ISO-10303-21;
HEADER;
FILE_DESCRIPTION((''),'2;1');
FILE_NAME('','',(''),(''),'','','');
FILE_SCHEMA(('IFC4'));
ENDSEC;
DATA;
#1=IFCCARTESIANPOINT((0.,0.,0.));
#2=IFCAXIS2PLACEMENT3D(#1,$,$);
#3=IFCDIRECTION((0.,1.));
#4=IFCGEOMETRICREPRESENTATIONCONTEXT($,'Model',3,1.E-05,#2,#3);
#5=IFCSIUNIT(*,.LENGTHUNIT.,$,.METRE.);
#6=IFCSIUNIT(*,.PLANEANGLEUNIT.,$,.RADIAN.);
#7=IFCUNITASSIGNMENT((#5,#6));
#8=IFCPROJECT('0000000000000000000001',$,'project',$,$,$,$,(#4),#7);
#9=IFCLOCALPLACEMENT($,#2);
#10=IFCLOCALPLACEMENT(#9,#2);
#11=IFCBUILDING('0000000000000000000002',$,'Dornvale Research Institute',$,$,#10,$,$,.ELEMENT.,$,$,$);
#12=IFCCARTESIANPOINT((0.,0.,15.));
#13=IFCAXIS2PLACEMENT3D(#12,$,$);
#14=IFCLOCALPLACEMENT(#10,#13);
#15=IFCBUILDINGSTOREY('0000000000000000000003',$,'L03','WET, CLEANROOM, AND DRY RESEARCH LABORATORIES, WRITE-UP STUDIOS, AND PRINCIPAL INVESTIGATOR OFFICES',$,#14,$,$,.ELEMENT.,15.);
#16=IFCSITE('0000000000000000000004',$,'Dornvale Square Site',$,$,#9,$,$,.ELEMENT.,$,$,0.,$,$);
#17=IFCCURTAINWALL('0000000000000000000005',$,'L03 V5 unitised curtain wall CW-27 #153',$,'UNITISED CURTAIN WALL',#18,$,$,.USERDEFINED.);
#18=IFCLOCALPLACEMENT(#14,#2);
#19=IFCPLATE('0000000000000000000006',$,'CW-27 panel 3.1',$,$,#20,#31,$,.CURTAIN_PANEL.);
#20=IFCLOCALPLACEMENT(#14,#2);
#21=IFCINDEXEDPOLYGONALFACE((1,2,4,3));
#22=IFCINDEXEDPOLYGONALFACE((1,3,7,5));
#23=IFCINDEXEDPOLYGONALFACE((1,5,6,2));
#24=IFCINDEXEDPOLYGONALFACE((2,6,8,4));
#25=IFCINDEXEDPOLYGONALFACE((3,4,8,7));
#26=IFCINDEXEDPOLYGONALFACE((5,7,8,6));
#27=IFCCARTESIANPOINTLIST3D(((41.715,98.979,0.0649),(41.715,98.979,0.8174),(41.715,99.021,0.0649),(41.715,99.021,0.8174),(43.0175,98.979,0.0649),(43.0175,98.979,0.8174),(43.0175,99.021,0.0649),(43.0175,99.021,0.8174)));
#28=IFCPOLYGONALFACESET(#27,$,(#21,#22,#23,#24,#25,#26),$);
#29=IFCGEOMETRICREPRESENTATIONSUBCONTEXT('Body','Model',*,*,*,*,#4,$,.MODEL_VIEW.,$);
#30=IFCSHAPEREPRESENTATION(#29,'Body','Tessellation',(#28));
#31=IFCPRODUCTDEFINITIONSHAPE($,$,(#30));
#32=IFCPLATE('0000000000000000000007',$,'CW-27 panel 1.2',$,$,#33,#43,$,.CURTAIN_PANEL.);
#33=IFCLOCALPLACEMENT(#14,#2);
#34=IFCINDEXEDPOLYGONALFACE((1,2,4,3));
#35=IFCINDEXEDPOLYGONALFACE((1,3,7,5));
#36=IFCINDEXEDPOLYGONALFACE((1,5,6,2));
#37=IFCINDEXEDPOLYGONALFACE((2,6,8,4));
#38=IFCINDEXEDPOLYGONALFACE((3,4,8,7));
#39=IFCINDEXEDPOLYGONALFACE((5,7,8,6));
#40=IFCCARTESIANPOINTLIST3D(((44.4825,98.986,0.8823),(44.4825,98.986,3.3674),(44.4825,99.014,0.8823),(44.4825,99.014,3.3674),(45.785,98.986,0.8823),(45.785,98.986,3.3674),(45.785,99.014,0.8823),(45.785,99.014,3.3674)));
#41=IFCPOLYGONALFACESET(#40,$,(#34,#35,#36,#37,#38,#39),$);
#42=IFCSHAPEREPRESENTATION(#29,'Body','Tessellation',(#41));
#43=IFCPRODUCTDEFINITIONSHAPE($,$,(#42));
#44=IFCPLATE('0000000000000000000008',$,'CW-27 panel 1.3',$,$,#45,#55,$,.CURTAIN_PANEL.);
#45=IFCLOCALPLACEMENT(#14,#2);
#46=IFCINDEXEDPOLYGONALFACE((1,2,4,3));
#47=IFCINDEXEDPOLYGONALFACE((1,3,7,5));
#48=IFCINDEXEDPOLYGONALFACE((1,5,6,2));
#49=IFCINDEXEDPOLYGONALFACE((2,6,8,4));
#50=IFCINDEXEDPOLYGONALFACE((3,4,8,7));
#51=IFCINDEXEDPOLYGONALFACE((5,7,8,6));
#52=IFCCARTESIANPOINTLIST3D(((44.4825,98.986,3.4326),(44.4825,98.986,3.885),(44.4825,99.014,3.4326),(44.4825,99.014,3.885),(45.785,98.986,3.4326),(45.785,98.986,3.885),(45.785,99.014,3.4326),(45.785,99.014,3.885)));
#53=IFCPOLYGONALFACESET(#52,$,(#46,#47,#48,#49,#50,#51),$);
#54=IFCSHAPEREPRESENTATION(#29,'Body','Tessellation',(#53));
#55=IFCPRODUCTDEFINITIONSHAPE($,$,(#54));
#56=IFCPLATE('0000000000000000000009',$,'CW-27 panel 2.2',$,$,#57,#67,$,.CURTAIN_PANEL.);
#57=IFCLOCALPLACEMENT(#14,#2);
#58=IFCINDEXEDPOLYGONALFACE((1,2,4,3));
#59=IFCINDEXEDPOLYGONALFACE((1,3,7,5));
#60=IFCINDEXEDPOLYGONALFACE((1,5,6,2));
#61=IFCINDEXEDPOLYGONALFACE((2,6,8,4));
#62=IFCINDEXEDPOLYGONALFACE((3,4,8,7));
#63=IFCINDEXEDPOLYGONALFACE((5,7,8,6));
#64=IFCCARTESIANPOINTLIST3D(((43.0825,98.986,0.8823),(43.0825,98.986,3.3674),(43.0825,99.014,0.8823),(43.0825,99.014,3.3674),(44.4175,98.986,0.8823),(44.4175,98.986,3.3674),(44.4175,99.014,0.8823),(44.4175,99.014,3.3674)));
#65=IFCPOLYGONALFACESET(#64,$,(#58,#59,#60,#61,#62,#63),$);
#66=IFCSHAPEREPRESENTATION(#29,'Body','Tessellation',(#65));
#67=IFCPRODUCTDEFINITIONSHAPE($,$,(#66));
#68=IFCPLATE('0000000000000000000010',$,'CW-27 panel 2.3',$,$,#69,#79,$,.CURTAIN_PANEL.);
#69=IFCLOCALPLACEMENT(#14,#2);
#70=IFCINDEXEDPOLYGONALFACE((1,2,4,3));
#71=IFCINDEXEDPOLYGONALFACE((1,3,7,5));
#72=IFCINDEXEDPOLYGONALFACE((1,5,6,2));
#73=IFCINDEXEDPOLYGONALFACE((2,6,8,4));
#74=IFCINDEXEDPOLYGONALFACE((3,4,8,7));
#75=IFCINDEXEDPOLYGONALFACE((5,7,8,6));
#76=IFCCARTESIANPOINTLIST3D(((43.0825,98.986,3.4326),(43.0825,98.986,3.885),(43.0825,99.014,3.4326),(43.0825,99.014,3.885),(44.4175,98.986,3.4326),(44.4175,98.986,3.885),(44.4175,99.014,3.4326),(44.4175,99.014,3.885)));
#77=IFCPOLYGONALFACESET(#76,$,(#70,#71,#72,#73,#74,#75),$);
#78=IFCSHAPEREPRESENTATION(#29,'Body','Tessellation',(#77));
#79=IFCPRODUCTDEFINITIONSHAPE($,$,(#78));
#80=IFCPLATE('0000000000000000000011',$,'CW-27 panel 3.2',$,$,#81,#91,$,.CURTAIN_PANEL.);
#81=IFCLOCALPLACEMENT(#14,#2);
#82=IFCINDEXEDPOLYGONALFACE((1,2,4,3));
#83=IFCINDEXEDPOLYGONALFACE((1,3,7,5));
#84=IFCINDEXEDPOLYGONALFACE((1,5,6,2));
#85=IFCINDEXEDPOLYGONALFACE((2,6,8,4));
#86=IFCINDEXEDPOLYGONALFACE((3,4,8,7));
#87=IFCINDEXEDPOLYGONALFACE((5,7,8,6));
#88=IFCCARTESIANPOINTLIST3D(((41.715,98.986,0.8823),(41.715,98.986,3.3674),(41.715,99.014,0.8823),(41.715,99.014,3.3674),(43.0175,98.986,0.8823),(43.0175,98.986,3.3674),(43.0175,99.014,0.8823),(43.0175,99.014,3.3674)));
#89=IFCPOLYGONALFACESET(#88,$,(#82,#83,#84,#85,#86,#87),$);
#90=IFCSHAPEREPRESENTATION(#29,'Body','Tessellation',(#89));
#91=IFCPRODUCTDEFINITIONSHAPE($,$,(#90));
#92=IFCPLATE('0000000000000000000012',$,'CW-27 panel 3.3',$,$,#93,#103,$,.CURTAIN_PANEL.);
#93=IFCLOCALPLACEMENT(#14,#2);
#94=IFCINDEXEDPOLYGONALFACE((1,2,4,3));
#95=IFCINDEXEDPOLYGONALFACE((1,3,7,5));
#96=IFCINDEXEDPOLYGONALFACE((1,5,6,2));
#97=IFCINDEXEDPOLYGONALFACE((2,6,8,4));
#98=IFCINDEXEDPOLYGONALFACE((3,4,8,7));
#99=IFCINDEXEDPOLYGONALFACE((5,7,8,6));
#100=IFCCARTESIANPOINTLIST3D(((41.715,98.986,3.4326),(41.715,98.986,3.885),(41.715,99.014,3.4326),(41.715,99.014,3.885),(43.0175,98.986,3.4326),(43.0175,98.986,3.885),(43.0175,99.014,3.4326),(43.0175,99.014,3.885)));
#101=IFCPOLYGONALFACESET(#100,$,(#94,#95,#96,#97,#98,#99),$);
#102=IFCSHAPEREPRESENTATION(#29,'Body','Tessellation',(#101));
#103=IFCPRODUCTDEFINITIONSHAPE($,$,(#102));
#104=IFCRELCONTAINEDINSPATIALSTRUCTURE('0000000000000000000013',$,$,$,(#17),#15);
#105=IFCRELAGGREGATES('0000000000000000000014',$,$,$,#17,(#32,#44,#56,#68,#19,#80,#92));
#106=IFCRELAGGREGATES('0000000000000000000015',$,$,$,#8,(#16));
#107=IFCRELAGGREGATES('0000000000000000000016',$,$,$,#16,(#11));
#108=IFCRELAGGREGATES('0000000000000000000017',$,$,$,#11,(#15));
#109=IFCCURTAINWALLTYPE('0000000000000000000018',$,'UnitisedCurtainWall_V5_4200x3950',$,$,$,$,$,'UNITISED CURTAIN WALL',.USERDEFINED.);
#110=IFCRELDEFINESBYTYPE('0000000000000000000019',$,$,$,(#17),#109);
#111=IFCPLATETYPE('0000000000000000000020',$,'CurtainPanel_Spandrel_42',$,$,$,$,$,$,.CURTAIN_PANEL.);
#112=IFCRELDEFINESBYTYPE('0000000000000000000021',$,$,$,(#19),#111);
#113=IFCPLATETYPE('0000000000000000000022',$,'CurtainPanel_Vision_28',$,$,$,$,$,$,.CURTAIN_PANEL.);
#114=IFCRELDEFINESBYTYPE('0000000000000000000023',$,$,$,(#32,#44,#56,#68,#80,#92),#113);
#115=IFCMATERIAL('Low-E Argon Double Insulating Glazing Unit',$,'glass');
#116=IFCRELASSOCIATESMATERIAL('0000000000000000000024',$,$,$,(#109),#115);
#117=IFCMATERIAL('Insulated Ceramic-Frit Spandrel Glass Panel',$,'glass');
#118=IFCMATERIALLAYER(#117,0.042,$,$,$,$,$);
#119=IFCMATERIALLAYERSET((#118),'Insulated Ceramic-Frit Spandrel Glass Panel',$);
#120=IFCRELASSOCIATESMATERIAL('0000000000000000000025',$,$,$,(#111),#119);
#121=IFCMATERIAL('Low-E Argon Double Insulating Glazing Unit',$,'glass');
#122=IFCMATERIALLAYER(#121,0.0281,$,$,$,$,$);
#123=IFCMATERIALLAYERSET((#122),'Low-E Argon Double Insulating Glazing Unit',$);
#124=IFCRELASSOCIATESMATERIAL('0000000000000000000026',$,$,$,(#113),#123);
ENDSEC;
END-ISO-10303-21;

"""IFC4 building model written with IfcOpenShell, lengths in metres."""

from ifc_helpers import new_model, si_unit, direction, frame, origin, origin_2d, place, context, subcontext, project, spatial, rectangle, extrude, material, layer, layer_set, type_object, element, aggregate, save


model = new_model("IFC4")

# Units and contexts
model_context = context("Model", 3, precision=1e-05, world=origin(), true_north=direction((0.0, 1.0)))
body_context = subcontext(model_context, "Body", "Model", "MODEL_VIEW")
ifc_project = project(units=[si_unit("LENGTHUNIT", "METRE"), si_unit("PLANEANGLEUNIT", "RADIAN")], contexts=[model_context])

# Site, building, storey
site_placement = place(None, origin())
site = spatial("IfcSite", under=ifc_project, at=site_placement, Name="Dornvale Square Site", CompositionType="ELEMENT", RefElevation=0.0)
building_placement = place(site_placement, origin())
building = spatial("IfcBuilding", under=site, at=building_placement, Name="Dornvale Research Institute", CompositionType="ELEMENT")
storey_placement = place(building_placement, frame((0.0, 0.0, 15.0)))
storey = spatial("IfcBuildingStorey", under=building, at=storey_placement, Name="L03", Description="WET, CLEANROOM, AND DRY RESEARCH LABORATORIES, WRITE-UP STUDIOS, AND PRINCIPAL INVESTIGATOR OFFICES", CompositionType="ELEMENT", Elevation=15.0)

# Curtain wall, plates
ifc_material_1 = material(Name="Low-E Argon Double Insulating Glazing Unit", Category="glass")
curtain_wall_type = type_object("IfcCurtainWallType", Name="UnitisedCurtainWall_V5_4200x3950", ElementType="UNITISED CURTAIN WALL", PredefinedType="USERDEFINED", material=ifc_material_1)
curtain_wall_placement = place(storey_placement, origin())
curtain_wall = element("IfcCurtainWall", 1, at=curtain_wall_placement, inside=storey, type_object=curtain_wall_type, Name="L03 V5 unitised curtain wall CW-27 #153", ObjectType="UNITISED CURTAIN WALL", PredefinedType="USERDEFINED")
ifc_material_2 = material(Name="Insulated Ceramic-Frit Spandrel Glass Panel", Category="glass")
ifc_layer_1 = layer(ifc_material_2, 0.042)
ifc_layer_set_1 = layer_set([ifc_layer_1], Name="Insulated Ceramic-Frit Spandrel Glass Panel")
plate_type_1 = type_object("IfcPlateType", Name="CurtainPanel_Spandrel_42", PredefinedType="CURTAIN_PANEL", material=ifc_layer_set_1)
plate_1_placement = place(storey_placement, frame((42.3662, 99.0, 0.0649), z_axis=(0.0, 0.0, 1.0), x_axis=(-1.0, 0.0, 0.0)))
plate_1 = element("IfcPlate", 2, at=plate_1_placement, type_object=plate_type_1, Name="CW-27 panel 3.1", PredefinedType="CURTAIN_PANEL", context=body_context, shape_type="SweptSolid", body=[
    extrude(rectangle(XDim=1.3025, YDim=0.042, at=origin_2d()), origin(), (0.0, 0.0, 1.0), 0.7524),
])
ifc_material_3 = material(Name="Low-E Argon Double Insulating Glazing Unit", Category="glass")
ifc_layer_2 = layer(ifc_material_3, 0.0281)
ifc_layer_set_2 = layer_set([ifc_layer_2], Name="Low-E Argon Double Insulating Glazing Unit")
plate_type_2 = type_object("IfcPlateType", Name="CurtainPanel_Vision_28", PredefinedType="CURTAIN_PANEL", material=ifc_layer_set_2)
plate_2_placement = place(storey_placement, frame((45.1338, 99.0, 0.8823), z_axis=(0.0, 0.0, 1.0), x_axis=(-1.0, 0.0, 0.0)))
plate_2 = element("IfcPlate", 3, at=plate_2_placement, type_object=plate_type_2, Name="CW-27 panel 1.2", PredefinedType="CURTAIN_PANEL", context=body_context, shape_type="SweptSolid", body=[
    extrude(rectangle(XDim=1.3025, YDim=0.0281, at=origin_2d()), origin(), (0.0, 0.0, 1.0), 2.4851),
])
plate_3_placement = place(storey_placement, frame((45.1338, 99.0, 3.4326), z_axis=(0.0, 0.0, 1.0), x_axis=(-1.0, 0.0, 0.0)))
plate_3 = element("IfcPlate", 4, at=plate_3_placement, type_object=plate_type_2, Name="CW-27 panel 1.3", PredefinedType="CURTAIN_PANEL", context=body_context, shape_type="SweptSolid", body=[
    extrude(rectangle(XDim=1.3025, YDim=0.0281, at=origin_2d()), origin(), (0.0, 0.0, 1.0), 0.4524),
])
plate_4_placement = place(storey_placement, frame((43.75, 99.0, 0.8823), z_axis=(0.0, 0.0, 1.0), x_axis=(-1.0, 0.0, 0.0)))
plate_4 = element("IfcPlate", 5, at=plate_4_placement, type_object=plate_type_2, Name="CW-27 panel 2.2", PredefinedType="CURTAIN_PANEL", context=body_context, shape_type="SweptSolid", body=[
    extrude(rectangle(XDim=1.335, YDim=0.0281, at=origin_2d()), origin(), (0.0, 0.0, 1.0), 2.4851),
])
plate_5_placement = place(storey_placement, frame((43.75, 99.0, 3.4326), z_axis=(0.0, 0.0, 1.0), x_axis=(-1.0, 0.0, 0.0)))
plate_5 = element("IfcPlate", 6, at=plate_5_placement, type_object=plate_type_2, Name="CW-27 panel 2.3", PredefinedType="CURTAIN_PANEL", context=body_context, shape_type="SweptSolid", body=[
    extrude(rectangle(XDim=1.335, YDim=0.0281, at=origin_2d()), origin(), (0.0, 0.0, 1.0), 0.4524),
])
plate_6_placement = place(storey_placement, frame((42.3662, 99.0, 0.8823), z_axis=(0.0, 0.0, 1.0), x_axis=(-1.0, 0.0, 0.0)))
plate_6 = element("IfcPlate", 7, at=plate_6_placement, type_object=plate_type_2, Name="CW-27 panel 3.2", PredefinedType="CURTAIN_PANEL", context=body_context, shape_type="SweptSolid", body=[
    extrude(rectangle(XDim=1.3025, YDim=0.0281, at=origin_2d()), origin(), (0.0, 0.0, 1.0), 2.4851),
])
plate_7_placement = place(storey_placement, frame((42.3662, 99.0, 3.4326), z_axis=(0.0, 0.0, 1.0), x_axis=(-1.0, 0.0, 0.0)))
plate_7 = element("IfcPlate", 8, at=plate_7_placement, type_object=plate_type_2, Name="CW-27 panel 3.3", PredefinedType="CURTAIN_PANEL", context=body_context, shape_type="SweptSolid", body=[
    extrude(rectangle(XDim=1.3025, YDim=0.0281, at=origin_2d()), origin(), (0.0, 0.0, 1.0), 0.4524),
])
aggregate(curtain_wall, [plate_2, plate_3, plate_4, plate_5, plate_1, plate_6, plate_7])

save(model, "model.ifc")
